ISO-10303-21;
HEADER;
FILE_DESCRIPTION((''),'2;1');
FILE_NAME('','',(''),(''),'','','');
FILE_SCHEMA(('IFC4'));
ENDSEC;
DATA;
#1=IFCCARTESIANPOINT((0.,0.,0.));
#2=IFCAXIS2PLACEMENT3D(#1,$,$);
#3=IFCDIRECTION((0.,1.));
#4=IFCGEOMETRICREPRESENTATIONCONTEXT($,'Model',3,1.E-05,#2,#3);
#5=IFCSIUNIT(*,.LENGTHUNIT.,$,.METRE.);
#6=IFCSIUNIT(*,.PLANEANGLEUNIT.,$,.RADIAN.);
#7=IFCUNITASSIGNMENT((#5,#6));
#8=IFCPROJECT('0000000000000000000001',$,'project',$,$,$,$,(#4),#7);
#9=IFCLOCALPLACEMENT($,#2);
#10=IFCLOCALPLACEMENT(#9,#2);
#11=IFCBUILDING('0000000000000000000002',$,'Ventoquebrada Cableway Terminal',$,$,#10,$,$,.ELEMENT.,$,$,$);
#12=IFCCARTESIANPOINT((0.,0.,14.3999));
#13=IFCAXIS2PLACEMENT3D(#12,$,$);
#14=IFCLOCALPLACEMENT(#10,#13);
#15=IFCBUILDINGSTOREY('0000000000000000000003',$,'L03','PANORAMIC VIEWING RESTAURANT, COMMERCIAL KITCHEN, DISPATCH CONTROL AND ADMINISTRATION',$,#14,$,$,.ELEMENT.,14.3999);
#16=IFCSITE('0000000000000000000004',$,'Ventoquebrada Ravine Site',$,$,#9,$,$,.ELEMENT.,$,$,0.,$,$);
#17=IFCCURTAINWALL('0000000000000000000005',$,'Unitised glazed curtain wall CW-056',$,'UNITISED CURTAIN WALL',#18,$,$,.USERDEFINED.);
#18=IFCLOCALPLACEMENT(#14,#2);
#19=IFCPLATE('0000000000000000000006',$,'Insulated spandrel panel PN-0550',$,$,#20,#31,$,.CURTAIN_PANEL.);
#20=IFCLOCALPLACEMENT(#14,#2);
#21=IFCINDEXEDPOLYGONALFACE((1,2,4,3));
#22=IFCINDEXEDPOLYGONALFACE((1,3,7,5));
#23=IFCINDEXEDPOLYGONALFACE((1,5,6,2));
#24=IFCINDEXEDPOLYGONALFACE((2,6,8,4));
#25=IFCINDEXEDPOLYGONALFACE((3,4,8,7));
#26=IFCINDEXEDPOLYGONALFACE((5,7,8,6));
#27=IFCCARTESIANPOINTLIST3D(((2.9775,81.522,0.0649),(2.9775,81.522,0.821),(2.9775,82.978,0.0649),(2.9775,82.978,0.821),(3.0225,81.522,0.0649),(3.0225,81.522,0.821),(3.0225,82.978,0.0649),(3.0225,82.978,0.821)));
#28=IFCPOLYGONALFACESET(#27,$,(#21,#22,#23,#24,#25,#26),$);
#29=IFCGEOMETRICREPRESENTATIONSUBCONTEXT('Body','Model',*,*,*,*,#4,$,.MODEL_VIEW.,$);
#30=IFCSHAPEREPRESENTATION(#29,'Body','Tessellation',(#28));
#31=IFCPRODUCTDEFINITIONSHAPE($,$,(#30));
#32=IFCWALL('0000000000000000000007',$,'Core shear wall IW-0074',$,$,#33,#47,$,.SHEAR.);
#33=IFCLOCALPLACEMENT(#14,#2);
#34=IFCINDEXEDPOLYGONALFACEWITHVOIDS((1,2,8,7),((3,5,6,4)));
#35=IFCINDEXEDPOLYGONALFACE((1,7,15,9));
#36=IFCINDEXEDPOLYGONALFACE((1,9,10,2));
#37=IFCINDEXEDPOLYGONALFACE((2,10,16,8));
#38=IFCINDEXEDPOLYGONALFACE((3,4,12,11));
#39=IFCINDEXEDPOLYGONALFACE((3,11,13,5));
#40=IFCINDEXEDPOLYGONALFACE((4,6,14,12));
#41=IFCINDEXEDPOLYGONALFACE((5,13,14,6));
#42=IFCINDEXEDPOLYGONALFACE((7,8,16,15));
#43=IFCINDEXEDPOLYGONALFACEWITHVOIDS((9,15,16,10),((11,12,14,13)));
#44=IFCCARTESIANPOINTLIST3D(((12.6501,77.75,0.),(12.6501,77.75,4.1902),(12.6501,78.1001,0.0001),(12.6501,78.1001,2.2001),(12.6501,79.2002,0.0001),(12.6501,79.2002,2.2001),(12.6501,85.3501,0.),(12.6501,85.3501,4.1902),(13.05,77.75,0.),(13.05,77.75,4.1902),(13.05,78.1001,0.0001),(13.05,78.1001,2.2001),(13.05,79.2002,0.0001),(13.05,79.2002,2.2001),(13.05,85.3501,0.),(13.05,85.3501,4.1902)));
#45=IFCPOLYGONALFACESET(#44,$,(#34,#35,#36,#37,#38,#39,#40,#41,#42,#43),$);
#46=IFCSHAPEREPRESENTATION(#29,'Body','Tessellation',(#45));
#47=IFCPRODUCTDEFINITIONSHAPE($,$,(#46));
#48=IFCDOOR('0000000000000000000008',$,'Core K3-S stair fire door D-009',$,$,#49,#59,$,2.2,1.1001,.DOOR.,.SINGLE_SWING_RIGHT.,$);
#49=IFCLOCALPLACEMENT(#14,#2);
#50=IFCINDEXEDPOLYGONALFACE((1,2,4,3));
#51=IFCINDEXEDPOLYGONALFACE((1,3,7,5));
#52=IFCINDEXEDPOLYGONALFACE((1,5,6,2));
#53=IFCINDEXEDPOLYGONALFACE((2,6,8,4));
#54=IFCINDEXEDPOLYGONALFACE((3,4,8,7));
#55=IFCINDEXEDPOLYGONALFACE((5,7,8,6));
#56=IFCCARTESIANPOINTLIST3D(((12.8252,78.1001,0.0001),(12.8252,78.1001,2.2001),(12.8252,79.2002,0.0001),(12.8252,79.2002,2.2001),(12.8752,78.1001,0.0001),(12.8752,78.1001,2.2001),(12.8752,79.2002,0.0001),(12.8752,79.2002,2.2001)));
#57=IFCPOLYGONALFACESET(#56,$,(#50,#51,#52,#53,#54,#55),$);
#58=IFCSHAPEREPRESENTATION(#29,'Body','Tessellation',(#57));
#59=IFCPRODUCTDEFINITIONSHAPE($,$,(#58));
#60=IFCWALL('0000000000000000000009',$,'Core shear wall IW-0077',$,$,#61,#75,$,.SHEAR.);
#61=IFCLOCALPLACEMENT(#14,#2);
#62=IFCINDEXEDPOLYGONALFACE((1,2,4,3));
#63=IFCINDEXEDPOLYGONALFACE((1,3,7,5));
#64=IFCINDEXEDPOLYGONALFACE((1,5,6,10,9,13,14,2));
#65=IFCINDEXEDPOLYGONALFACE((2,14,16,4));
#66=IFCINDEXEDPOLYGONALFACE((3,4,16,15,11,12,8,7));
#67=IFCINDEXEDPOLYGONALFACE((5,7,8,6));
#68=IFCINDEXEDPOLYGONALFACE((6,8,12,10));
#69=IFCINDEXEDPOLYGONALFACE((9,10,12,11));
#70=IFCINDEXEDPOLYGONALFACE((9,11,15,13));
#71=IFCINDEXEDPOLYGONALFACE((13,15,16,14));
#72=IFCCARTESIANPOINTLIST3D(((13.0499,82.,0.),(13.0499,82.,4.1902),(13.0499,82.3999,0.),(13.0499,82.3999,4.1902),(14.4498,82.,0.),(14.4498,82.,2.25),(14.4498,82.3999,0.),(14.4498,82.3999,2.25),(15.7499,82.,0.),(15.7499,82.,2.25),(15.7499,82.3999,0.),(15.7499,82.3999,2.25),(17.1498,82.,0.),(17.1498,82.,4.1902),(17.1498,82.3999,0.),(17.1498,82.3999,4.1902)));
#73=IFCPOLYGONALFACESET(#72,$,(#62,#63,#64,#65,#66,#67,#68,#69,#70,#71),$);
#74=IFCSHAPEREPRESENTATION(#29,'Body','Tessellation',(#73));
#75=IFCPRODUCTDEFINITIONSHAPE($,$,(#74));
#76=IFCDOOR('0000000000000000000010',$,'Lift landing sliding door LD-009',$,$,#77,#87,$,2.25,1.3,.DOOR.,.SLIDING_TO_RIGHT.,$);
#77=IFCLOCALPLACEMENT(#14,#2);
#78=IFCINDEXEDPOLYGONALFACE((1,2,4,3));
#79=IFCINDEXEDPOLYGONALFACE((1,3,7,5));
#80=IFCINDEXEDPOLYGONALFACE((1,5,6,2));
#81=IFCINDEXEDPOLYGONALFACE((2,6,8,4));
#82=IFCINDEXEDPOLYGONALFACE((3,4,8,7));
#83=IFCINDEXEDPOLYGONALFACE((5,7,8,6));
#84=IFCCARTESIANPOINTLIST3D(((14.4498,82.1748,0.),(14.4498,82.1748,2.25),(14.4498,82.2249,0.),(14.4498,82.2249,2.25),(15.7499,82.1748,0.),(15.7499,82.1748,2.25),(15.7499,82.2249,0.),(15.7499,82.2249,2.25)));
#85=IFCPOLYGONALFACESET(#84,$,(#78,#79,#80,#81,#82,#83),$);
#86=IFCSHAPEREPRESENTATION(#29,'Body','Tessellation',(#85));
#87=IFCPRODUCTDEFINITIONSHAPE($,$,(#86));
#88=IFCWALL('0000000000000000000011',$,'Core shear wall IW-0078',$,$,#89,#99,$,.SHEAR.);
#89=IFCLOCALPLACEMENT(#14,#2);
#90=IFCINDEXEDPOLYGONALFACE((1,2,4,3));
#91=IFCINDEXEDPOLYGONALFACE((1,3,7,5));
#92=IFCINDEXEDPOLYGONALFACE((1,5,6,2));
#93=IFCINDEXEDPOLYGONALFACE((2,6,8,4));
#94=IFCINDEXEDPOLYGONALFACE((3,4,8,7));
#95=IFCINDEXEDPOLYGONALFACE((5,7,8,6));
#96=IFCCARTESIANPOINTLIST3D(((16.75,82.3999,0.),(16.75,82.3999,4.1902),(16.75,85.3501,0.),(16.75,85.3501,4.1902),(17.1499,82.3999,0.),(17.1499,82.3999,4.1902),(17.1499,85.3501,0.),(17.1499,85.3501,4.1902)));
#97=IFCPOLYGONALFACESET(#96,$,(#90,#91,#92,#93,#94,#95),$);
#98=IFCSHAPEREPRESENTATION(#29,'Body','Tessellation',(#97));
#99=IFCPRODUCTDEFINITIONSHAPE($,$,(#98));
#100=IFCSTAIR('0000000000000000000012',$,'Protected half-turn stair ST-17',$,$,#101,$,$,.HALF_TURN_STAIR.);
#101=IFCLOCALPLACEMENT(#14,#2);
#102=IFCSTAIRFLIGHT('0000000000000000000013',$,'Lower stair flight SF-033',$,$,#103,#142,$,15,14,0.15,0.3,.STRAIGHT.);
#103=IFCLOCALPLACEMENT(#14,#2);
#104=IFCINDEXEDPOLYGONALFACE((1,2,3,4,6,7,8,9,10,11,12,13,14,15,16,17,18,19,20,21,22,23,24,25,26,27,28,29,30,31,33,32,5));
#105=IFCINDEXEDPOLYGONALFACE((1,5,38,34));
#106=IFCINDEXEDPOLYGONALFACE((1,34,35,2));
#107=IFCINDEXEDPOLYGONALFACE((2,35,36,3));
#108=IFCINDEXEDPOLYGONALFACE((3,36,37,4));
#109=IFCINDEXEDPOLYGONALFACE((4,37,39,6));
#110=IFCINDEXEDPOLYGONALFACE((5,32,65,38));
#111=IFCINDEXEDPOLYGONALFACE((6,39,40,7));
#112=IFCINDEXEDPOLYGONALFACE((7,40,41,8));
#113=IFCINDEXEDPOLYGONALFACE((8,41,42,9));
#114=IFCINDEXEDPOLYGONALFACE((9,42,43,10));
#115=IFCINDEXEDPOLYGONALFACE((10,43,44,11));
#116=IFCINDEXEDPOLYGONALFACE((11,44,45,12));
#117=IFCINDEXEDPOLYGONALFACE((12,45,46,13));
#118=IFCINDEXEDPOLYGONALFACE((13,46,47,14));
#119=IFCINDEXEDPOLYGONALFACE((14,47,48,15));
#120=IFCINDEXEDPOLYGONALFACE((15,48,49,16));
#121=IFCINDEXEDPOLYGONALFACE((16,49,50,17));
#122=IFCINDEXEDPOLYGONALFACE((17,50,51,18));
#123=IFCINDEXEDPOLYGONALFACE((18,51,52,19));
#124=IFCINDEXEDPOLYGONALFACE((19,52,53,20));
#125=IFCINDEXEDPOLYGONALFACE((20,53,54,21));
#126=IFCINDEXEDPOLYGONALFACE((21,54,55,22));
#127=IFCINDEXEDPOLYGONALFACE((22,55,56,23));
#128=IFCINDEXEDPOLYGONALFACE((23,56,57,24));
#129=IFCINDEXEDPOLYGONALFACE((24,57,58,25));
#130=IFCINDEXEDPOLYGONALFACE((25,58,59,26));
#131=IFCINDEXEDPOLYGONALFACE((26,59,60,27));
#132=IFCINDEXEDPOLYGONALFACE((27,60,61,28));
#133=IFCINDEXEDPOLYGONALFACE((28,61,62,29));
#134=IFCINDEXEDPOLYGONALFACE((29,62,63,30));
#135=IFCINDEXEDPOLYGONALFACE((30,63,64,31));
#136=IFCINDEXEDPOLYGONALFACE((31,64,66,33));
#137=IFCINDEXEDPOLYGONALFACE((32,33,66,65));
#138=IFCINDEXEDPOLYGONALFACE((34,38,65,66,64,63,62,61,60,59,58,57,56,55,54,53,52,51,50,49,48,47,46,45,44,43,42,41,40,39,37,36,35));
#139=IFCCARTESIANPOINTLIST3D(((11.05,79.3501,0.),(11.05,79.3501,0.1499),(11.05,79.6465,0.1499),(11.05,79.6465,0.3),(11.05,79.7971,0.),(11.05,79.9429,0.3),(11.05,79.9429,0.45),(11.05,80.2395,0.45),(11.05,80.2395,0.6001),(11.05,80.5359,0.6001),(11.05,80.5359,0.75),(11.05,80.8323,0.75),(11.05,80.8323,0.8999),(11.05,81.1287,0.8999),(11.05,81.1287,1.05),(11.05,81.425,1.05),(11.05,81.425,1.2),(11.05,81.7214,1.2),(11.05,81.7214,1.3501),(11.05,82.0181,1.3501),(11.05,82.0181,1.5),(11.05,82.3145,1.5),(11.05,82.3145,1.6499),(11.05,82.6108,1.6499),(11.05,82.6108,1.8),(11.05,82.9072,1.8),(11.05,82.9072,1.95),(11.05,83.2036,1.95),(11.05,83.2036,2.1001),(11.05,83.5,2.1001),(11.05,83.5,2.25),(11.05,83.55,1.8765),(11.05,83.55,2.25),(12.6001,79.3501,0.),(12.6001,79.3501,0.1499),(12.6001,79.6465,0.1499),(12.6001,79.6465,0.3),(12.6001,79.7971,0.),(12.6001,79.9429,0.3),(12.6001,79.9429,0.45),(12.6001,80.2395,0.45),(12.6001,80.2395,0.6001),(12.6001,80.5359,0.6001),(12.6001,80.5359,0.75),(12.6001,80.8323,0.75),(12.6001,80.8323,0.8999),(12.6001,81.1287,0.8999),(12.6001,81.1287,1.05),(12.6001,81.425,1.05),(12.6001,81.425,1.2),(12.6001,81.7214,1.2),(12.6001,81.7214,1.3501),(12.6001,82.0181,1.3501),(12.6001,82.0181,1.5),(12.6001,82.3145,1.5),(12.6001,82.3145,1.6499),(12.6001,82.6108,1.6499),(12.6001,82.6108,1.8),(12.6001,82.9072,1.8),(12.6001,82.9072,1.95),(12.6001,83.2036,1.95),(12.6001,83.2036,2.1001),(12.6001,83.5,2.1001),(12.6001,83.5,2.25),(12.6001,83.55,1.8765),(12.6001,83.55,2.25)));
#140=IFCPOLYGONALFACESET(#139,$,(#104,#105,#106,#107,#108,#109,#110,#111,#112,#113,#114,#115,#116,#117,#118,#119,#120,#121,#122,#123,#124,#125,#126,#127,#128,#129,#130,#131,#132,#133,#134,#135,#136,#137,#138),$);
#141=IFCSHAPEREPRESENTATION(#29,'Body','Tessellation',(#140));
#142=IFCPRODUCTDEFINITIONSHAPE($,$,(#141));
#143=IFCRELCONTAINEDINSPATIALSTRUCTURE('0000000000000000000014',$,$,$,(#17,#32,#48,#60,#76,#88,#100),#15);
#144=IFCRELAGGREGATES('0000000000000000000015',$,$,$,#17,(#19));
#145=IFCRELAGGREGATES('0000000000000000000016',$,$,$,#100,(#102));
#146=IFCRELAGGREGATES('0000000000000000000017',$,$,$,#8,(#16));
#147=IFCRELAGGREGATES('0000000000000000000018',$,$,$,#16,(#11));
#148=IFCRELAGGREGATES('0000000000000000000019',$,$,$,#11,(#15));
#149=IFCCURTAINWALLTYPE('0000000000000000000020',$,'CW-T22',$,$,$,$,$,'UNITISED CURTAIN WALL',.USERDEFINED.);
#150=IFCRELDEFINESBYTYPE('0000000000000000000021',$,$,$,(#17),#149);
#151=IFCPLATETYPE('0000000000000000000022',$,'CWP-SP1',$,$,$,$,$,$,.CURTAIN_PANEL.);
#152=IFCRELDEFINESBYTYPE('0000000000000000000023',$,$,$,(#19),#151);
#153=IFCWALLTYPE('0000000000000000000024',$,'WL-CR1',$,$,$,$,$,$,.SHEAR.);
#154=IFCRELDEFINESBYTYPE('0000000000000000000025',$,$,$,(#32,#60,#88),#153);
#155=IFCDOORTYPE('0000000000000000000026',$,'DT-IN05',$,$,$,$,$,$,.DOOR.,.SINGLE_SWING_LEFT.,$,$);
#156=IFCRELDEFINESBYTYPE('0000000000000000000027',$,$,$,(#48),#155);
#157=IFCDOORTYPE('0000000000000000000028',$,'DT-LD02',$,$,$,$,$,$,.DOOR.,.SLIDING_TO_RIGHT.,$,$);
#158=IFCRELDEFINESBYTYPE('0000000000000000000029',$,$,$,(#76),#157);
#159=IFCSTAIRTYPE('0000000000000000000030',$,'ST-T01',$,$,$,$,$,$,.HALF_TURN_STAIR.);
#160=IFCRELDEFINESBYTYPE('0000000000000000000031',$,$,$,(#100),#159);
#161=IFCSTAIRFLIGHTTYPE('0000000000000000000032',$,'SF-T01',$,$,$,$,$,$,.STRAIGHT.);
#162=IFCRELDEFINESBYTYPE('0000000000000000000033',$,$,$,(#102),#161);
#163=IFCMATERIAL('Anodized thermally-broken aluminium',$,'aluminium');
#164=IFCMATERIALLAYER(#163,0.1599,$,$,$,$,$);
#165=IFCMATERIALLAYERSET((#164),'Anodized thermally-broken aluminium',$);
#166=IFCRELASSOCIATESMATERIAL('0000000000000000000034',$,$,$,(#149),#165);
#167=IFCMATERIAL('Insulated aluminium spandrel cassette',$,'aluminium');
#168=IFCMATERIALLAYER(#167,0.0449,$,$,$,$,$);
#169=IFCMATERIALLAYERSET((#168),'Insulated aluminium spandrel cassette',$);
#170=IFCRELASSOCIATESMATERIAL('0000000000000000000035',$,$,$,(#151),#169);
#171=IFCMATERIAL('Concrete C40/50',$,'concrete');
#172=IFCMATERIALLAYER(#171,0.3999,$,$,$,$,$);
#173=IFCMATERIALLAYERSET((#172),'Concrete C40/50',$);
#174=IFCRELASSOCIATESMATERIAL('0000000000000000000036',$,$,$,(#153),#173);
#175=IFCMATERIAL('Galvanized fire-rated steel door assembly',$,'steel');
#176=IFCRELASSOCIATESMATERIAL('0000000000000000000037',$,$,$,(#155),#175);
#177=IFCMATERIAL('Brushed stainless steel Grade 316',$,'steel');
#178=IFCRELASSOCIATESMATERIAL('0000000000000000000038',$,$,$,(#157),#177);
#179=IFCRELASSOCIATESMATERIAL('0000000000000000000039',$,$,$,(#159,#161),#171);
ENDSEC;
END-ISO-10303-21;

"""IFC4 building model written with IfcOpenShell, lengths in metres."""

from ifc_helpers import new_model, si_unit, direction, frame, frame_2d, origin, origin_2d, place, context, subcontext, project, spatial, polyline, rectangle, outline, extrude, material, layer, layer_set, type_object, element, fill, aggregate, save


model = new_model("IFC4")

# Units and contexts
model_context = context("Model", 3, precision=1e-05, world=origin(), true_north=direction((0.0, 1.0)))
body_context = subcontext(model_context, "Body", "Model", "MODEL_VIEW")
ifc_project = project(units=[si_unit("LENGTHUNIT", "METRE"), si_unit("PLANEANGLEUNIT", "RADIAN")], contexts=[model_context])

# Site, building, storey
site_placement = place(None, origin())
site = spatial("IfcSite", under=ifc_project, at=site_placement, Name="Ventoquebrada Ravine Site", CompositionType="ELEMENT", RefElevation=0.0)
building_placement = place(site_placement, origin())
building = spatial("IfcBuilding", under=site, at=building_placement, Name="Ventoquebrada Cableway Terminal", CompositionType="ELEMENT")
storey_placement = place(building_placement, frame((0.0, 0.0, 14.3999)))
storey = spatial("IfcBuildingStorey", under=building, at=storey_placement, Name="L03", Description="PANORAMIC VIEWING RESTAURANT, COMMERCIAL KITCHEN, DISPATCH CONTROL AND ADMINISTRATION", CompositionType="ELEMENT", Elevation=14.3999)

# Shared definitions
ifc_material_1 = material(Name="Concrete C40/50", Category="concrete")

# Curtain wall
ifc_material_2 = material(Name="Anodized thermally-broken aluminium", Category="aluminium")
ifc_layer_1 = layer(ifc_material_2, 0.1599)
ifc_layer_set_1 = layer_set([ifc_layer_1], Name="Anodized thermally-broken aluminium")
curtain_wall_type = type_object("IfcCurtainWallType", Name="CW-T22", ElementType="UNITISED CURTAIN WALL", PredefinedType="USERDEFINED", material=ifc_layer_set_1)
curtain_wall_placement = place(storey_placement, origin())
curtain_wall = element("IfcCurtainWall", 1, at=curtain_wall_placement, inside=storey, type_object=curtain_wall_type, Name="Unitised glazed curtain wall CW-056", ObjectType="UNITISED CURTAIN WALL", PredefinedType="USERDEFINED")

# Plate
ifc_material_3 = material(Name="Insulated aluminium spandrel cassette", Category="aluminium")
ifc_layer_2 = layer(ifc_material_3, 0.0449)
ifc_layer_set_2 = layer_set([ifc_layer_2], Name="Insulated aluminium spandrel cassette")
plate_type_1 = type_object("IfcPlateType", Name="CWP-SP1", PredefinedType="CURTAIN_PANEL", material=ifc_layer_set_2)
plate_1_placement = place(storey_placement, frame((3.0, 82.25, 0.0649), z_axis=(0.0, 0.0, 1.0), x_axis=(0.0, -1.0, 0.0)))
plate_1 = element("IfcPlate", 2, at=plate_1_placement, type_object=plate_type_1, Name="Insulated spandrel panel PN-0550", PredefinedType="CURTAIN_PANEL", context=body_context, shape_type="SweptSolid", body=[
    extrude(rectangle(XDim=1.4561, YDim=0.0449, at=origin_2d()), origin(), (0.0, 0.0, 1.0), 0.7561),
])
aggregate(curtain_wall, [plate_1])

# Walls, openings, doors
ifc_layer_3 = layer(ifc_material_1, 0.3999)
ifc_layer_set_3 = layer_set([ifc_layer_3], Name="Concrete C40/50")
wall_type = type_object("IfcWallType", Name="WL-CR1", PredefinedType="SHEAR", material=ifc_layer_set_3)
wall_1_placement = place(storey_placement, frame((12.8501, 77.75, 0.0), z_axis=(0.0, 0.0, 1.0), x_axis=(0.0, 1.0, 0.0)))
wall_1 = element("IfcWall", 3, at=wall_1_placement, inside=storey, type_object=wall_type, Name="Core shear wall IW-0074", PredefinedType="SHEAR", context=body_context, shape_type="SweptSolid", body=[
    extrude(rectangle(XDim=7.6001, YDim=0.3999, at=frame_2d((3.8, 0.0))), origin(), (0.0, 0.0, 1.0), 4.1902),
])
opening_1_placement = place(wall_1_placement, frame((0.3501, 0.0, 0.0)))
opening_1 = element("IfcOpeningElement", 4, at=opening_1_placement, cuts=wall_1, PredefinedType="OPENING", context=body_context, shape_type="SweptSolid", body=[
    extrude(rectangle(XDim=1.1001, YDim=2.2, at=frame_2d((0.55, 1.1001))), frame((0.0, 0.21, 0.0), z_axis=(0.0, -1.0, 0.0), x_axis=(1.0, 0.0, 0.0)), (0.0, 0.0, 1.0), 0.4199),
])
ifc_material_4 = material(Name="Galvanized fire-rated steel door assembly", Category="steel")
door_type_1 = type_object("IfcDoorType", Name="DT-IN05", OperationType="SINGLE_SWING_LEFT", PredefinedType="DOOR", material=ifc_material_4)
door_1_placement = place(opening_1_placement, origin())
door_1 = element("IfcDoor", 5, at=door_1_placement, inside=storey, type_object=door_type_1, Name="Core K3-S stair fire door D-009", OperationType="SINGLE_SWING_RIGHT", OverallHeight=2.2, OverallWidth=1.1001, PredefinedType="DOOR", context=body_context, shape_type="SweptSolid", body=[
    extrude(rectangle(XDim=1.1001, YDim=2.2, at=frame_2d((0.55, 1.1001))), frame((0.0, 0.0249, 0.0), z_axis=(0.0, -1.0, 0.0), x_axis=(1.0, 0.0, 0.0)), (0.0, 0.0, 1.0), 0.05),
])
fill(opening_1, door_1)
wall_2_placement = place(storey_placement, frame((13.05, 82.2, 0.0), z_axis=(0.0, 0.0, 1.0), x_axis=(1.0, 0.0, 0.0)))
wall_2 = element("IfcWall", 6, at=wall_2_placement, inside=storey, type_object=wall_type, Name="Core shear wall IW-0077", PredefinedType="SHEAR", context=body_context, shape_type="SweptSolid", body=[
    extrude(rectangle(XDim=4.0999, YDim=0.3999, at=frame_2d((2.0498, 0.0))), origin(), (0.0, 0.0, 1.0), 4.1902),
])
opening_2_placement = place(wall_2_placement, frame((1.3999, 0.0, 0.0)))
opening_2 = element("IfcOpeningElement", 7, at=opening_2_placement, cuts=wall_2, PredefinedType="OPENING", context=body_context, shape_type="SweptSolid", body=[
    extrude(rectangle(XDim=1.3, YDim=2.25, at=frame_2d((0.6499, 1.125))), frame((0.0, 0.21, 0.0), z_axis=(0.0, -1.0, 0.0), x_axis=(1.0, 0.0, 0.0)), (0.0, 0.0, 1.0), 0.4199),
])
ifc_material_5 = material(Name="Brushed stainless steel Grade 316", Category="steel")
door_type_2 = type_object("IfcDoorType", Name="DT-LD02", OperationType="SLIDING_TO_RIGHT", PredefinedType="DOOR", material=ifc_material_5)
door_2_placement = place(opening_2_placement, origin())
door_2 = element("IfcDoor", 8, at=door_2_placement, inside=storey, type_object=door_type_2, Name="Lift landing sliding door LD-009", OperationType="SLIDING_TO_RIGHT", OverallHeight=2.25, OverallWidth=1.3, PredefinedType="DOOR", context=body_context, shape_type="SweptSolid", body=[
    extrude(rectangle(XDim=1.3, YDim=2.25, at=frame_2d((0.6499, 1.125))), frame((0.0, 0.0249, 0.0), z_axis=(0.0, -1.0, 0.0), x_axis=(1.0, 0.0, 0.0)), (0.0, 0.0, 1.0), 0.05),
])
fill(opening_2, door_2)

# Wall
wall_3_placement = place(storey_placement, frame((16.95, 82.3999, 0.0), z_axis=(0.0, 0.0, 1.0), x_axis=(0.0, 1.0, 0.0)))
element("IfcWall", 9, at=wall_3_placement, inside=storey, type_object=wall_type, Name="Core shear wall IW-0078", PredefinedType="SHEAR", context=body_context, shape_type="SweptSolid", body=[
    extrude(rectangle(XDim=2.9502, YDim=0.3999, at=frame_2d((1.4751, 0.0))), origin(), (0.0, 0.0, 1.0), 4.1902),
])

# Stair, stair flight
stair_type = type_object("IfcStairType", Name="ST-T01", PredefinedType="HALF_TURN_STAIR", material=ifc_material_1)
stair_placement = place(storey_placement, origin())
stair = element("IfcStair", 10, at=stair_placement, inside=storey, type_object=stair_type, Name="Protected half-turn stair ST-17", PredefinedType="HALF_TURN_STAIR")
stair_flight_type = type_object("IfcStairFlightType", Name="SF-T01", PredefinedType="STRAIGHT", material=ifc_material_1)
stair_flight_placement = place(storey_placement, frame((11.825, 79.3501, 0.0), z_axis=(0.0, 0.0, 1.0), x_axis=(0.0, 1.0, 0.0)))
stair_flight = element("IfcStairFlight", 11, at=stair_flight_placement, type_object=stair_flight_type, Name="Lower stair flight SF-033", NumberOfRisers=15, NumberOfTreads=14, PredefinedType="STRAIGHT", RiserHeight=0.15, TreadLength=0.3, context=body_context, shape_type="SweptSolid", body=[
    extrude(outline(polyline([(0.0, 0.0), (0.0, 0.1499), (0.2964, 0.1499), (0.2964, 0.3), (0.5928, 0.3), (0.5928, 0.45), (0.8894, 0.45), (0.8894, 0.6001), (1.1858, 0.6001), (1.1858, 0.75), (1.4822, 0.75), (1.4822, 0.8999), (1.7786, 0.8999), (1.7786, 1.05), (2.075, 1.05), (2.075, 1.2), (2.3713, 1.2), (2.3713, 1.3501), (2.668, 1.3501), (2.668, 1.5), (2.9644, 1.5), (2.9644, 1.6499), (3.2607, 1.6499), (3.2607, 1.8), (3.5571, 1.8), (3.5571, 1.95), (3.8535, 1.95), (3.8535, 2.1001), (4.1499, 2.1001), (4.1499, 2.25), (4.2, 2.25), (4.2, 1.8765), (0.447, 0.0), (0.0, 0.0)])), frame((0.0, 0.7749, 0.0), z_axis=(0.0, -1.0, 0.0), x_axis=(1.0, 0.0, 0.0)), (0.0, 0.0, 1.0), 1.55),
])
aggregate(stair, [stair_flight])

save(model, "model.ifc")
